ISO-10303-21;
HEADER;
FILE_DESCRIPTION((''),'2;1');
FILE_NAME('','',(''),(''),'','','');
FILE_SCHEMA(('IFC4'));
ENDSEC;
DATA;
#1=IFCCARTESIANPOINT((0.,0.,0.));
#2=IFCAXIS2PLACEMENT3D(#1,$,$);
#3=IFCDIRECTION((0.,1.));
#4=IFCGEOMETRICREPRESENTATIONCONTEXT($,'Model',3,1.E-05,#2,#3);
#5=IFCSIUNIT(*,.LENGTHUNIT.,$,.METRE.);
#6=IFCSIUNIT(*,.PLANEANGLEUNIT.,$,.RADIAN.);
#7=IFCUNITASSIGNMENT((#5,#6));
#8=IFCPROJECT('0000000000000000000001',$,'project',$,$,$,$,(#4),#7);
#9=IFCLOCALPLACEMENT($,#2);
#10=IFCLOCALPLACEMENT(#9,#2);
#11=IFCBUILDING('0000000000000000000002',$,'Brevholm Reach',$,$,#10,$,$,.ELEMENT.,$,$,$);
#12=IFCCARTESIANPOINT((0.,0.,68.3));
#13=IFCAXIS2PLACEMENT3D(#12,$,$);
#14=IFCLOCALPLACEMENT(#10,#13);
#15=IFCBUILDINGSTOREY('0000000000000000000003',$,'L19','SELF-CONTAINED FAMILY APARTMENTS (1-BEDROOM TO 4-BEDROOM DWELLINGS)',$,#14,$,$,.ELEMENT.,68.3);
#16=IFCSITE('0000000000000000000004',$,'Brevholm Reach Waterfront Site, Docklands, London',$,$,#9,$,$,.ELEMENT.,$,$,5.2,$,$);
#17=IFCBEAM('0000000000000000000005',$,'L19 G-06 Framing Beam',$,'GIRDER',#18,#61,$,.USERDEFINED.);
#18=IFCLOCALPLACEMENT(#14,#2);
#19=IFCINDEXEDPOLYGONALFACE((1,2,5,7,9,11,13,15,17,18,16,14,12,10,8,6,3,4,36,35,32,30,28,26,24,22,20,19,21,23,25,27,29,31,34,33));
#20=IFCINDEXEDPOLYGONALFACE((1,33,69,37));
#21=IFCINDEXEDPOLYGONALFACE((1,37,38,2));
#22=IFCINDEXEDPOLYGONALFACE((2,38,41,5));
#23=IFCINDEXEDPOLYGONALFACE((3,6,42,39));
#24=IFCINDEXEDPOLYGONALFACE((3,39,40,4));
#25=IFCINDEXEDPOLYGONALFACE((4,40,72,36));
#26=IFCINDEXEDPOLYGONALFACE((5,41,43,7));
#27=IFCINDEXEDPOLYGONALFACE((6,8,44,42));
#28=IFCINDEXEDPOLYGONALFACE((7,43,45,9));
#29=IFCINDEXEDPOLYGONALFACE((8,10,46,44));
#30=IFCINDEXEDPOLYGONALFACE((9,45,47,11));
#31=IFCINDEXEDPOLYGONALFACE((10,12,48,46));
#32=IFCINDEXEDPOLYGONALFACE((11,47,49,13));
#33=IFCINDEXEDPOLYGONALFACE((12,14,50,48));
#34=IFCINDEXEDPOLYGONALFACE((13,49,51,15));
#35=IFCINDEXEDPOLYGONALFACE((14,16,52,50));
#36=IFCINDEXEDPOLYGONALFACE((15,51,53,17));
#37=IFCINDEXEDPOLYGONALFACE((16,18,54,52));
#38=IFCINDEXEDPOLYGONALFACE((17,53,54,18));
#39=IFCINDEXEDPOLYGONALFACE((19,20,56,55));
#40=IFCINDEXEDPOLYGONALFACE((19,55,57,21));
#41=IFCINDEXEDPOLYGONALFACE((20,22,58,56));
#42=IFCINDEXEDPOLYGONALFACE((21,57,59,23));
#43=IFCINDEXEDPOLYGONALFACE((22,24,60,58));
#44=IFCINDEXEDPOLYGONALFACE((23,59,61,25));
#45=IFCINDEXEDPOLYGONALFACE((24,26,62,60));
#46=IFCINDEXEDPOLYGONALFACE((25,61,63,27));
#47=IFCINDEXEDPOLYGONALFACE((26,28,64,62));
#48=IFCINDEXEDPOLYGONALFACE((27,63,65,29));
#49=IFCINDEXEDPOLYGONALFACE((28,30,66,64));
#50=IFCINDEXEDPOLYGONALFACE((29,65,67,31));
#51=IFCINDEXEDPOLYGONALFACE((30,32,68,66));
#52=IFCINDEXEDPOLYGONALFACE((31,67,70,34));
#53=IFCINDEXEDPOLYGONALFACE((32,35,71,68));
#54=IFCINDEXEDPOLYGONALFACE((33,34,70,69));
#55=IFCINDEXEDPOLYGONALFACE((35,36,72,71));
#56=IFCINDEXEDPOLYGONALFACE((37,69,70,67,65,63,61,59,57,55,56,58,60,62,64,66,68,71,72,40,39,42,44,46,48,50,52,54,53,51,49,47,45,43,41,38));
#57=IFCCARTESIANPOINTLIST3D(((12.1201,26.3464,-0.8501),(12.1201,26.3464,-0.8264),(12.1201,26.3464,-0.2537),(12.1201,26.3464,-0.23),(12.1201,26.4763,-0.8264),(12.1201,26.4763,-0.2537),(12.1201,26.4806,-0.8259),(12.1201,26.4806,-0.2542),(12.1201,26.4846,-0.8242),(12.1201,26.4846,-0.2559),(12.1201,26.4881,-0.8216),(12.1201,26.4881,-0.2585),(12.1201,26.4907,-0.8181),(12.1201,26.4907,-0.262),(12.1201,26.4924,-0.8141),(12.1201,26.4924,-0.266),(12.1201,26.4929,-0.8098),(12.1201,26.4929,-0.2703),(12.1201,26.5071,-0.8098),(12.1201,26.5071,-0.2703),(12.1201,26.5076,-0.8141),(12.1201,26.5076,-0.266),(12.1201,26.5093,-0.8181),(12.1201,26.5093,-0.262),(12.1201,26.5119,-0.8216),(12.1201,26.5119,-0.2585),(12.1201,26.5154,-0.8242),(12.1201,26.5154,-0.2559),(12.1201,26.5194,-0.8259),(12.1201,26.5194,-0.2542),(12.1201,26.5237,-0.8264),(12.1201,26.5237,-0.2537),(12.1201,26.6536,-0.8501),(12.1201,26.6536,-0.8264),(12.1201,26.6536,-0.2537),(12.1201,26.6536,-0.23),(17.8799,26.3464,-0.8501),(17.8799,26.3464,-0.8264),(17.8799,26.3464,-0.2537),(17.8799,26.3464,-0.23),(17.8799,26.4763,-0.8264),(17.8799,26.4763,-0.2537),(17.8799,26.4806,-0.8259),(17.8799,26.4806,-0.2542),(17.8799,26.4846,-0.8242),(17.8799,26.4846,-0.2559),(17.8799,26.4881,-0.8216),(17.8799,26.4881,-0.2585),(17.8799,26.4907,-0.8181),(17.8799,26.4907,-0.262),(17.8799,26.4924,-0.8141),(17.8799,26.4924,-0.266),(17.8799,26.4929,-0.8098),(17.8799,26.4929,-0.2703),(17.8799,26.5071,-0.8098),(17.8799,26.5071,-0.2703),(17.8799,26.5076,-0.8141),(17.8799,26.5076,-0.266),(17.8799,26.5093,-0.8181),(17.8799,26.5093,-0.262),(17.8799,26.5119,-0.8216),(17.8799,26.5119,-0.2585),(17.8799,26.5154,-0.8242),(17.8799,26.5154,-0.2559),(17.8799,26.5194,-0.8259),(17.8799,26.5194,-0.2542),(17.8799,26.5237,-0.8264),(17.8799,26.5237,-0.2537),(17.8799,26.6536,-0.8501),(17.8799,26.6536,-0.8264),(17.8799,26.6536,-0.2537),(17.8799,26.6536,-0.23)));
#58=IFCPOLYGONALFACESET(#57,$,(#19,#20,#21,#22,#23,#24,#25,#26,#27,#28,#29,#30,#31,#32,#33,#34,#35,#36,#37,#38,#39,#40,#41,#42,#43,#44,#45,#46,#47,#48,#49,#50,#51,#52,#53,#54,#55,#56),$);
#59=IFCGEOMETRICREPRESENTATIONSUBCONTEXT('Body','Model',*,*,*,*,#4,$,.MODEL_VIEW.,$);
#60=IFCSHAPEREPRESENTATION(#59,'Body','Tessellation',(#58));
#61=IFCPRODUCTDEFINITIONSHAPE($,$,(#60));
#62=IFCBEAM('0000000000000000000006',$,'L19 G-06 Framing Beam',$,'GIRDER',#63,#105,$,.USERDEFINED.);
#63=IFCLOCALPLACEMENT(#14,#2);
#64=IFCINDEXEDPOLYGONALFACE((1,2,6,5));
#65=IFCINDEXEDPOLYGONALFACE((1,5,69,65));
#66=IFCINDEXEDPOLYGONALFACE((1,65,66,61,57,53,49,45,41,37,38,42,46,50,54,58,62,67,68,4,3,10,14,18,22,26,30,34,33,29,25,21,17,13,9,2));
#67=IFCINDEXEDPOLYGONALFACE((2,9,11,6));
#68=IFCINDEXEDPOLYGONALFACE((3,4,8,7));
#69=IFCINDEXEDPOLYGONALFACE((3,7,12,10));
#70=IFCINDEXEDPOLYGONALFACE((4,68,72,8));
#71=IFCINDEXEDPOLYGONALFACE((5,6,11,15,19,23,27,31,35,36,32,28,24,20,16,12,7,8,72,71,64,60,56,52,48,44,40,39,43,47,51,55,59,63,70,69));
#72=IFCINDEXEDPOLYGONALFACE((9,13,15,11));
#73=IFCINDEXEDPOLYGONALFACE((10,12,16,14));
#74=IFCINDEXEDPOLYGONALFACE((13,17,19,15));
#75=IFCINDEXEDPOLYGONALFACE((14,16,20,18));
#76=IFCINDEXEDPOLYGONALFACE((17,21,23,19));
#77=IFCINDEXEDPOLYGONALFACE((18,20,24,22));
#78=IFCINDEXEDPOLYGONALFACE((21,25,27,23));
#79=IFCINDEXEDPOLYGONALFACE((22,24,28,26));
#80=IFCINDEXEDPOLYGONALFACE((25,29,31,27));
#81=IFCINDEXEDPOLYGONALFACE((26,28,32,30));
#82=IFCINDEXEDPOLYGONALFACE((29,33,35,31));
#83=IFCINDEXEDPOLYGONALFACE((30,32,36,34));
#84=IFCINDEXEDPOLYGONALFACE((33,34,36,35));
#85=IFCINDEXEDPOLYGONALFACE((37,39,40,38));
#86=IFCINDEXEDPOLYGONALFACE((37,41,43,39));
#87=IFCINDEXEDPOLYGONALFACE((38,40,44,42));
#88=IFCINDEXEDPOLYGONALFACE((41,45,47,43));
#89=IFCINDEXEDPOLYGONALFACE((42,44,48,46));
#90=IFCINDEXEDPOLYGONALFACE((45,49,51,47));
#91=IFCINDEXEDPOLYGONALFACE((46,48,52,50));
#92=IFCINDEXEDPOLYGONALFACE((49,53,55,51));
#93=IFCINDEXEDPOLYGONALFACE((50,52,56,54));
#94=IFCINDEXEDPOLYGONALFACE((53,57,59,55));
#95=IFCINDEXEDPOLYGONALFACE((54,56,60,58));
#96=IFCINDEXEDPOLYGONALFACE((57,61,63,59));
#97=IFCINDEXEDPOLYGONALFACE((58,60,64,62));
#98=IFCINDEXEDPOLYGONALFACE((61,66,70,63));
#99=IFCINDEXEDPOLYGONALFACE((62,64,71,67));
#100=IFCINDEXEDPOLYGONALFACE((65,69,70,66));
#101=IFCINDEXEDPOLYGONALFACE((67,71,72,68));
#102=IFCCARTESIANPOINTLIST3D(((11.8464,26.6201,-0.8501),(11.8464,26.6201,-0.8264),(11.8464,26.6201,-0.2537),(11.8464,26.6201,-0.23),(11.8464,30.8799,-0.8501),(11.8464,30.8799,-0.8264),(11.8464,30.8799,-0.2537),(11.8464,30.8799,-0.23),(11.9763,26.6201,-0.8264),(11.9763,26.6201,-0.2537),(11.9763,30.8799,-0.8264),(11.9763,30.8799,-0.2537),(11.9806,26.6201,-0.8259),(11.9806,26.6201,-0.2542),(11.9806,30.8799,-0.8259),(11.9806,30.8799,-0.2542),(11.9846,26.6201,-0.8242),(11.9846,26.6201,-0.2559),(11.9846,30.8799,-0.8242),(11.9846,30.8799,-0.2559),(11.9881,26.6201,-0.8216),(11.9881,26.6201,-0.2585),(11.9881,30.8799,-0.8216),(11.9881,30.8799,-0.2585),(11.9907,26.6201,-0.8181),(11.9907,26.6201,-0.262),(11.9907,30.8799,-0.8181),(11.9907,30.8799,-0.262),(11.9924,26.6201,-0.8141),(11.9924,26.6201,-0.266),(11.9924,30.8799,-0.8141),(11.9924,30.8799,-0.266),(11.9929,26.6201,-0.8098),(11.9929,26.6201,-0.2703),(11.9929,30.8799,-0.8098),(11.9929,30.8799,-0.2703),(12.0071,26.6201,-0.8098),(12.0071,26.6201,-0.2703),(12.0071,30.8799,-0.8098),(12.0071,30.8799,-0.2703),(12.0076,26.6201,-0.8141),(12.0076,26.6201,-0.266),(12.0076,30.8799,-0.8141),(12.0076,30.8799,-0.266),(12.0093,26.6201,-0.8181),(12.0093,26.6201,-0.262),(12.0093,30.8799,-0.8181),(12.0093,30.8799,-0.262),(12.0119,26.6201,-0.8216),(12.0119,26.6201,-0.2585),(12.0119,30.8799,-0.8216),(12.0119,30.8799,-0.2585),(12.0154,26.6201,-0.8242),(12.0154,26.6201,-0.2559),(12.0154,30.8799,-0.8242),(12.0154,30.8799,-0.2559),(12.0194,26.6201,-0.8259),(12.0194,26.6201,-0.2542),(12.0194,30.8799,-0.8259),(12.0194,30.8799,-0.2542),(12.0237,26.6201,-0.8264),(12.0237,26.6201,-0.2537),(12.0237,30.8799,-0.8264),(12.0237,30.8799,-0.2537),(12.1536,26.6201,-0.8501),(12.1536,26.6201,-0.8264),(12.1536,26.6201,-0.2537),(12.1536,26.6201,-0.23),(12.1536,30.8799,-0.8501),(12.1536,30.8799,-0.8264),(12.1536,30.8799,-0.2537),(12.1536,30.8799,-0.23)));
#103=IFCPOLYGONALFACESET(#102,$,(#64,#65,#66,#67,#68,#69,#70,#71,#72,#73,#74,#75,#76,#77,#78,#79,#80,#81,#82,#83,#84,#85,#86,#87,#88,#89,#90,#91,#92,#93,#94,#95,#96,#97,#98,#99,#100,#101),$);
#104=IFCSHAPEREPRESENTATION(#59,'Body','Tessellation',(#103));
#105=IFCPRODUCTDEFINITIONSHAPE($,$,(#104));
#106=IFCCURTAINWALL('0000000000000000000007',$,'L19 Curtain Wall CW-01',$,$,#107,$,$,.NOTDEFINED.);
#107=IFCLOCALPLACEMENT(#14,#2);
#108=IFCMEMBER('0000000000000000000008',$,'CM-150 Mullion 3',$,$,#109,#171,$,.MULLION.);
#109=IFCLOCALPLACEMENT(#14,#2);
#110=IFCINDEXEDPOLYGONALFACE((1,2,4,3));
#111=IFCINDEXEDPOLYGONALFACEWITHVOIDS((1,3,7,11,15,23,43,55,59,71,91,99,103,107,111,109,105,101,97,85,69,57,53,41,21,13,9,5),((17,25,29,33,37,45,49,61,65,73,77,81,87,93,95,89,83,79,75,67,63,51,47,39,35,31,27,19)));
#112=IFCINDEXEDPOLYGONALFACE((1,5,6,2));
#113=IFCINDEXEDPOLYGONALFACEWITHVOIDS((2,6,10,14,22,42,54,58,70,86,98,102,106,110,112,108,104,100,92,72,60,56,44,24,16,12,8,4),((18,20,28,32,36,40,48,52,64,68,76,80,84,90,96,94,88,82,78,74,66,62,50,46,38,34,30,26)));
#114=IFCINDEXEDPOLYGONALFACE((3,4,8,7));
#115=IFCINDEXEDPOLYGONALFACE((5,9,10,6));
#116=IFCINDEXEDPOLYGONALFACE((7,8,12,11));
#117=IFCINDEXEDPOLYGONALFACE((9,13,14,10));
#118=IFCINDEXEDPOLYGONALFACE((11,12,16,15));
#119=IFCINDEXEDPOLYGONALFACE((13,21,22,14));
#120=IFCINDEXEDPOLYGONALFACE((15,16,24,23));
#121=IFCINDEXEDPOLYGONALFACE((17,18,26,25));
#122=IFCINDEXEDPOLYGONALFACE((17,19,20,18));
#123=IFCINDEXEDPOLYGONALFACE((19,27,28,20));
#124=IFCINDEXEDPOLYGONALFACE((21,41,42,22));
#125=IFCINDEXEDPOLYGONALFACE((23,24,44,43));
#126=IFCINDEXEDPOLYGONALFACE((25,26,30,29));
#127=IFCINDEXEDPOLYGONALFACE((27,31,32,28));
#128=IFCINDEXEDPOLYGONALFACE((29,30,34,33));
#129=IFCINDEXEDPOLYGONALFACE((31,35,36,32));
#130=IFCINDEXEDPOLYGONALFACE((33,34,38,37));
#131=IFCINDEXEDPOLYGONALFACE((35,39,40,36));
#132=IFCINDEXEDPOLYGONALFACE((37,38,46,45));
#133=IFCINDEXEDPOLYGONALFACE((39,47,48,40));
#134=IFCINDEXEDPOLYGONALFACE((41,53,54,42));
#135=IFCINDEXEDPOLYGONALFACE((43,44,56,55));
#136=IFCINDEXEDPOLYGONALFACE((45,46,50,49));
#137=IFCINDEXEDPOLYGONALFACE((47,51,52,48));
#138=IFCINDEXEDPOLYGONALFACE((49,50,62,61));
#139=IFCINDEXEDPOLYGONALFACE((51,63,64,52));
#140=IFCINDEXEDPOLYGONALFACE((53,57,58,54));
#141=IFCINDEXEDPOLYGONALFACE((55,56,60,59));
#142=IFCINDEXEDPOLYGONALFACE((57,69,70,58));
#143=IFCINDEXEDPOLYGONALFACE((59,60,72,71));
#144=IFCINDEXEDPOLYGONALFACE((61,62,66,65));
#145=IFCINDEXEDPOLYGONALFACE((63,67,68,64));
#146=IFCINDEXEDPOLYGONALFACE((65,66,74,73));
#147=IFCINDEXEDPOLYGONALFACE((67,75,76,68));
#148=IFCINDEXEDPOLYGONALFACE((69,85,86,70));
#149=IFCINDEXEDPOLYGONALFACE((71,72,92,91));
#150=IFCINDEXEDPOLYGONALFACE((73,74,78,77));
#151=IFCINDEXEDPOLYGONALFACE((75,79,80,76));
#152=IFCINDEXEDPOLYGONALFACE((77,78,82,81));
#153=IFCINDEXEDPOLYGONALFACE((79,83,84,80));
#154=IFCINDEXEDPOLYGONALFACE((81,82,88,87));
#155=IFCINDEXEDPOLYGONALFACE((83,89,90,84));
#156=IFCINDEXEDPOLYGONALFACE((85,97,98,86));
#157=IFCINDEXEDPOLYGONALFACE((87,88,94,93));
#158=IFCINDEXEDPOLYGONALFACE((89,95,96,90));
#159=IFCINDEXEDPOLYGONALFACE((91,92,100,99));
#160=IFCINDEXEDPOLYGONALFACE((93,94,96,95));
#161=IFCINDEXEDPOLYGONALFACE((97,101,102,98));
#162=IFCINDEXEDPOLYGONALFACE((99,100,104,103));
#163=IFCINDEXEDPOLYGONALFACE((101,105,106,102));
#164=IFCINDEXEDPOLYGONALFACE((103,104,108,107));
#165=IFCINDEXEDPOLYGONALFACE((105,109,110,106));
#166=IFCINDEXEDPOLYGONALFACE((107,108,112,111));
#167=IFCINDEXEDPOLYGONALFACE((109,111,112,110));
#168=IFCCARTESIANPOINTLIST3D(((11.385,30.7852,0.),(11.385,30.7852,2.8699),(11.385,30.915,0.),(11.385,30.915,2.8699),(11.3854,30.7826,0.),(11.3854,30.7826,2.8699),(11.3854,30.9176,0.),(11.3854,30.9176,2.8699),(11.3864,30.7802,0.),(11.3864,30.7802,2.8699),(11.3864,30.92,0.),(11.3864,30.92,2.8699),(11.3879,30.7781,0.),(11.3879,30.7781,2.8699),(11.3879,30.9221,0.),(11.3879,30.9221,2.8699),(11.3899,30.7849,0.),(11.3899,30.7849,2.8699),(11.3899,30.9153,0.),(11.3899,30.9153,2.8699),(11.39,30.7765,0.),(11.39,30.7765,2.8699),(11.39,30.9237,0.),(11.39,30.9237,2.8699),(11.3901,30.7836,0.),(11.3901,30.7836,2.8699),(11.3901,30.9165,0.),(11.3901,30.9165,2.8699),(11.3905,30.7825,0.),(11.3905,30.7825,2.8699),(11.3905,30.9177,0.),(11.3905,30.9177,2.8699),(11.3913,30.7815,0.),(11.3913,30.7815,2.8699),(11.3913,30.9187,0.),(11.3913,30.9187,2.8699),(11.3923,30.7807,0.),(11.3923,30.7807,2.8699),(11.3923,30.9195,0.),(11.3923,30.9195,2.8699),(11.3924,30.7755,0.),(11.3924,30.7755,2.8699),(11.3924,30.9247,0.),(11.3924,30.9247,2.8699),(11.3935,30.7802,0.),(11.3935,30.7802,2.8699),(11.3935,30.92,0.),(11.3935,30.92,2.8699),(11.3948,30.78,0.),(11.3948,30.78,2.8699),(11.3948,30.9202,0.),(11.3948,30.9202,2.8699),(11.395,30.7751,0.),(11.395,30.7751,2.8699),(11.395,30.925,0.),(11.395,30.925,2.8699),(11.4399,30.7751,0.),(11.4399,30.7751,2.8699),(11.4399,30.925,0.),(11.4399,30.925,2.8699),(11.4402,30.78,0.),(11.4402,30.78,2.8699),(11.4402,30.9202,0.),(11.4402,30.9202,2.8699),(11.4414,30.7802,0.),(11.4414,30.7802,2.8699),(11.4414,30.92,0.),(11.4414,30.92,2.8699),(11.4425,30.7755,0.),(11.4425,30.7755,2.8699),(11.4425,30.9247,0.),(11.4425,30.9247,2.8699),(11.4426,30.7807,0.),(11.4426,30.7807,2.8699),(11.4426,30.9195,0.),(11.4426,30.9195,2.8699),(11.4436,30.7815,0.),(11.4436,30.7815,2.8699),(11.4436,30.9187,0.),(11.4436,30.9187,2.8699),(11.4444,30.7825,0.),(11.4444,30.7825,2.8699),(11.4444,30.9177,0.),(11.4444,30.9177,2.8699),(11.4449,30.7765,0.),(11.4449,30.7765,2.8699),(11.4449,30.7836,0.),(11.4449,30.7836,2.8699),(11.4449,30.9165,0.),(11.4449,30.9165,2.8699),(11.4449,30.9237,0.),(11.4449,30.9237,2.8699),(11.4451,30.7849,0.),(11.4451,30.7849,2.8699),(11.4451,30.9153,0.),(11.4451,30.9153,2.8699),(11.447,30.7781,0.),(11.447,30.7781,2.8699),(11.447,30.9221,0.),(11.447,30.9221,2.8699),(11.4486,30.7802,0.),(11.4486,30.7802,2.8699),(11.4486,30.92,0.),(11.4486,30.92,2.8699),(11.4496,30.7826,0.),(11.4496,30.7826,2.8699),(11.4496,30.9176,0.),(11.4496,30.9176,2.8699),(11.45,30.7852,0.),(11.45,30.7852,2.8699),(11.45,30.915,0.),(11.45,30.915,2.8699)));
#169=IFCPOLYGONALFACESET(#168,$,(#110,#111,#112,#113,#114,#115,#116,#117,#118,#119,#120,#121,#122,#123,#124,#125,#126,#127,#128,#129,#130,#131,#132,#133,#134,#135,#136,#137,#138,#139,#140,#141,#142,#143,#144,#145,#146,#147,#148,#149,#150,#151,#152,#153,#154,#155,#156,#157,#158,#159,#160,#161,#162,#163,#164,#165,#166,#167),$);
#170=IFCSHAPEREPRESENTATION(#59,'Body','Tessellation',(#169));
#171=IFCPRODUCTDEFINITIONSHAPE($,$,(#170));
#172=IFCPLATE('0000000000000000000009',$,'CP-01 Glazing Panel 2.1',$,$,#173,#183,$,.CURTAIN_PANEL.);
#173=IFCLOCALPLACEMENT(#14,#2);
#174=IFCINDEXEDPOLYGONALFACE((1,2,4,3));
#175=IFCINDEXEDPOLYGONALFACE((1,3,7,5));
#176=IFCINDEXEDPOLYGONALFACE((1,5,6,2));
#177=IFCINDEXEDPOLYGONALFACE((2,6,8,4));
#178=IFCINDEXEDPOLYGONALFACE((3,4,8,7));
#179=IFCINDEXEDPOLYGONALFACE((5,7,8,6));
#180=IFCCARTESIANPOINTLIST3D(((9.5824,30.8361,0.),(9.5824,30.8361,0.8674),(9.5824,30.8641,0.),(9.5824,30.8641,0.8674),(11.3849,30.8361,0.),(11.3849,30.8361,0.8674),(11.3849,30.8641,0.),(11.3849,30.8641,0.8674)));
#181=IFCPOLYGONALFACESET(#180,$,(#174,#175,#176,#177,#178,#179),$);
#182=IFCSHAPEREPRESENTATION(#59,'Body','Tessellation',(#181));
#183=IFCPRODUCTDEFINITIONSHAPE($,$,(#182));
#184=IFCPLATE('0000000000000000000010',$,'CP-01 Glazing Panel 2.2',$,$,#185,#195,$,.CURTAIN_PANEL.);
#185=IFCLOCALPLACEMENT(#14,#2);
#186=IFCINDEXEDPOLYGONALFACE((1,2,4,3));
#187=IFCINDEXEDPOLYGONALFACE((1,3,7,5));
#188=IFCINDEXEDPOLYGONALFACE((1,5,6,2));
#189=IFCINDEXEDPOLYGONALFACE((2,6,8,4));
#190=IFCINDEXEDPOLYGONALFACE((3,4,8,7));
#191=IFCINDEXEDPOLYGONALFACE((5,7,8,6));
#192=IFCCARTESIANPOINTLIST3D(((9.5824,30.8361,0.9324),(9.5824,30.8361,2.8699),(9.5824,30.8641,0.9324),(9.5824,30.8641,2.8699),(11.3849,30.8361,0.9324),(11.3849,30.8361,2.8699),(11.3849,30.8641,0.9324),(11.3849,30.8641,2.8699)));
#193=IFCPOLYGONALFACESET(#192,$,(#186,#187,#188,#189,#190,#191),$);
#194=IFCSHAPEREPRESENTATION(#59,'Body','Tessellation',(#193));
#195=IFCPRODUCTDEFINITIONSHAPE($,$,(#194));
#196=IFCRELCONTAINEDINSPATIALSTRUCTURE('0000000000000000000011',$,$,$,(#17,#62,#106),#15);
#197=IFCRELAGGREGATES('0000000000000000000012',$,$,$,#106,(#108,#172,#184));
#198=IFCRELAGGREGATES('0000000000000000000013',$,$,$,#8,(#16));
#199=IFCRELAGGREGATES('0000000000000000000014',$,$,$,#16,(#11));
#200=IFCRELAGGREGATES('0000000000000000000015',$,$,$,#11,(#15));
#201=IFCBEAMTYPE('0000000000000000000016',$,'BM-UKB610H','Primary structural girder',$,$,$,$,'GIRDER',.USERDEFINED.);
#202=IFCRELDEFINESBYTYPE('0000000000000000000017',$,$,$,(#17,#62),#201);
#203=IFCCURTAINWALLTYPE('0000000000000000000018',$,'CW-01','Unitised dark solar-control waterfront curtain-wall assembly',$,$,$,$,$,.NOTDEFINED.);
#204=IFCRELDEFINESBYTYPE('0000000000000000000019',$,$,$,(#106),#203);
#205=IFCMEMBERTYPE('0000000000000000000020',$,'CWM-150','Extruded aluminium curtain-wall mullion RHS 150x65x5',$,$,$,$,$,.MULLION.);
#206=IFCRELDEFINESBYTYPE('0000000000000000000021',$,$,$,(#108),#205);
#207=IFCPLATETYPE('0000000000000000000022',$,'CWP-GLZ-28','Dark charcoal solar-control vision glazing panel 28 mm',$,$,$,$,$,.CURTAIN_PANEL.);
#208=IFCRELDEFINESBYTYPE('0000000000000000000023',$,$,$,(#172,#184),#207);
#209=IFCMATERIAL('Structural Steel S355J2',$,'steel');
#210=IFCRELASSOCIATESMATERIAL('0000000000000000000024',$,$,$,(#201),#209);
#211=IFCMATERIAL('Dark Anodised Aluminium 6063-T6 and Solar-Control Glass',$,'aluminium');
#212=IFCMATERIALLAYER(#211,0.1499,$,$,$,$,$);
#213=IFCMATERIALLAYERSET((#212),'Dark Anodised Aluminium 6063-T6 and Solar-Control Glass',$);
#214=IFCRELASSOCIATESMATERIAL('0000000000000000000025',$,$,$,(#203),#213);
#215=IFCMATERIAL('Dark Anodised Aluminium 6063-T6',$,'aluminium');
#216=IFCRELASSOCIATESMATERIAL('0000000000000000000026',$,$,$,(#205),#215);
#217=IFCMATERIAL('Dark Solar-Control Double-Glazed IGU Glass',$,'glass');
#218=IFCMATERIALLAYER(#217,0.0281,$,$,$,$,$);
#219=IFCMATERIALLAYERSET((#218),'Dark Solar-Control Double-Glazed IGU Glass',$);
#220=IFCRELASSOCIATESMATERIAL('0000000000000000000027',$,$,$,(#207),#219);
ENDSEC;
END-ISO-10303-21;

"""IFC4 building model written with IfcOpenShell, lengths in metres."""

from ifc_helpers import new_model, si_unit, direction, frame, origin, origin_2d, place, context, subcontext, project, spatial, rectangle, hollow_rectangle, i_section, extrude, material, layer, layer_set, material_profile, profile_set, type_object, element, aggregate, save


model = new_model("IFC4")

# Units and contexts
model_context = context("Model", 3, precision=1e-05, world=origin(), true_north=direction((0.0, 1.0)))
body_context = subcontext(model_context, "Body", "Model", "MODEL_VIEW")
ifc_project = project(units=[si_unit("LENGTHUNIT", "METRE"), si_unit("PLANEANGLEUNIT", "RADIAN")], contexts=[model_context])

# Site, building, storey
site_placement = place(None, origin())
site = spatial("IfcSite", under=ifc_project, at=site_placement, Name="Brevholm Reach Waterfront Site, Docklands, London", CompositionType="ELEMENT", RefElevation=5.2)
building_placement = place(site_placement, origin())
building = spatial("IfcBuilding", under=site, at=building_placement, Name="Brevholm Reach", CompositionType="ELEMENT")
storey_placement = place(building_placement, frame((0.0, 0.0, 68.3)))
storey = spatial("IfcBuildingStorey", under=building, at=storey_placement, Name="L19", Description="SELF-CONTAINED FAMILY APARTMENTS (1-BEDROOM TO 4-BEDROOM DWELLINGS)", CompositionType="ELEMENT", Elevation=68.3)

# Beams
ifc_material_1 = material(Name="Structural Steel S355J2", Category="steel")
ifc_material_profile_1 = material_profile(ifc_material_1, i_section(OverallWidth=0.3071, OverallDepth=0.6201, WebThickness=0.0142, FlangeThickness=0.0237, FilletRadius=0.0166, at=origin_2d()), Name="UKB 610x305x179")
ifc_profile_set_1 = profile_set([ifc_material_profile_1], Name="Structural Steel S355J2")
beam_type_1 = type_object("IfcBeamType", Name="BM-UKB610H", Description="Primary structural girder", ElementType="GIRDER", PredefinedType="USERDEFINED", material=ifc_profile_set_1)
beam_1_placement = place(storey_placement, frame((12.1201, 26.5, -0.54), z_axis=(1.0, 0.0, 0.0), x_axis=(0.0, 1.0, 0.0)))
element("IfcBeam", 1, at=beam_1_placement, inside=storey, type_object=beam_type_1, Name="L19 G-06 Framing Beam", ObjectType="GIRDER", PredefinedType="USERDEFINED", context=body_context, shape_type="SweptSolid", body=[
    extrude(i_section(OverallWidth=0.3071, OverallDepth=0.6201, WebThickness=0.0142, FlangeThickness=0.0237, FilletRadius=0.0166, at=origin_2d()), origin(), (0.0, 0.0, 1.0), 5.7598),
])
beam_2_placement = place(storey_placement, frame((12.0, 26.6201, -0.54), z_axis=(0.0, 1.0, 0.0), x_axis=(-1.0, 0.0, 0.0)))
element("IfcBeam", 2, at=beam_2_placement, inside=storey, type_object=beam_type_1, Name="L19 G-06 Framing Beam", ObjectType="GIRDER", PredefinedType="USERDEFINED", context=body_context, shape_type="SweptSolid", body=[
    extrude(i_section(OverallWidth=0.3071, OverallDepth=0.6201, WebThickness=0.0142, FlangeThickness=0.0237, FilletRadius=0.0166, at=origin_2d()), origin(), (0.0, 0.0, 1.0), 4.2598),
])

# Curtain wall, member, plates
ifc_material_2 = material(Name="Dark Anodised Aluminium 6063-T6 and Solar-Control Glass", Category="aluminium")
ifc_layer_1 = layer(ifc_material_2, 0.1499)
ifc_layer_set_1 = layer_set([ifc_layer_1], Name="Dark Anodised Aluminium 6063-T6 and Solar-Control Glass")
curtain_wall_type = type_object("IfcCurtainWallType", Name="CW-01", Description="Unitised dark solar-control waterfront curtain-wall assembly", PredefinedType="NOTDEFINED", material=ifc_layer_set_1)
curtain_wall_placement = place(storey_placement, origin())
curtain_wall = element("IfcCurtainWall", 3, at=curtain_wall_placement, inside=storey, type_object=curtain_wall_type, Name="L19 Curtain Wall CW-01", PredefinedType="NOTDEFINED")
ifc_material_3 = material(Name="Dark Anodised Aluminium 6063-T6", Category="aluminium")
ifc_material_profile_2 = material_profile(ifc_material_3, hollow_rectangle(XDim=0.0649, YDim=0.1499, WallThickness=0.0049, InnerFilletRadius=0.0049, OuterFilletRadius=0.01, at=origin_2d()), Name="RHS 150x65x5")
ifc_profile_set_2 = profile_set([ifc_material_profile_2], Name="Dark Anodised Aluminium 6063-T6")
member_type = type_object("IfcMemberType", Name="CWM-150", Description="Extruded aluminium curtain-wall mullion RHS 150x65x5", PredefinedType="MULLION", material=ifc_profile_set_2)
member_placement = place(storey_placement, frame((11.4175, 30.8501, 0.0), z_axis=(0.0, 0.0, 1.0), x_axis=(1.0, 0.0, 0.0)))
member = element("IfcMember", 4, at=member_placement, type_object=member_type, Name="CM-150 Mullion 3", PredefinedType="MULLION", context=body_context, shape_type="SweptSolid", body=[
    extrude(hollow_rectangle(XDim=0.0649, YDim=0.1499, WallThickness=0.0049, InnerFilletRadius=0.0049, OuterFilletRadius=0.01, at=origin_2d()), origin(), (0.0, 0.0, 1.0), 2.8699),
])
ifc_material_4 = material(Name="Dark Solar-Control Double-Glazed IGU Glass", Category="glass")
ifc_layer_2 = layer(ifc_material_4, 0.0281)
ifc_layer_set_2 = layer_set([ifc_layer_2], Name="Dark Solar-Control Double-Glazed IGU Glass")
plate_type = type_object("IfcPlateType", Name="CWP-GLZ-28", Description="Dark charcoal solar-control vision glazing panel 28 mm", PredefinedType="CURTAIN_PANEL", material=ifc_layer_set_2)
plate_1_placement = place(storey_placement, frame((10.4836, 30.8501, 0.0), z_axis=(0.0, 0.0, 1.0), x_axis=(1.0, 0.0, 0.0)))
plate_1 = element("IfcPlate", 5, at=plate_1_placement, type_object=plate_type, Name="CP-01 Glazing Panel 2.1", PredefinedType="CURTAIN_PANEL", context=body_context, shape_type="SweptSolid", body=[
    extrude(rectangle(XDim=1.8025, YDim=0.0281, at=origin_2d()), origin(), (0.0, 0.0, 1.0), 0.8674),
])
plate_2_placement = place(storey_placement, frame((10.4836, 30.8501, 0.9324), z_axis=(0.0, 0.0, 1.0), x_axis=(1.0, 0.0, 0.0)))
plate_2 = element("IfcPlate", 6, at=plate_2_placement, type_object=plate_type, Name="CP-01 Glazing Panel 2.2", PredefinedType="CURTAIN_PANEL", context=body_context, shape_type="SweptSolid", body=[
    extrude(rectangle(XDim=1.8025, YDim=0.0281, at=origin_2d()), origin(), (0.0, 0.0, 1.0), 1.9375),
])
aggregate(curtain_wall, [member, plate_1, plate_2])

save(model, "model.ifc")
